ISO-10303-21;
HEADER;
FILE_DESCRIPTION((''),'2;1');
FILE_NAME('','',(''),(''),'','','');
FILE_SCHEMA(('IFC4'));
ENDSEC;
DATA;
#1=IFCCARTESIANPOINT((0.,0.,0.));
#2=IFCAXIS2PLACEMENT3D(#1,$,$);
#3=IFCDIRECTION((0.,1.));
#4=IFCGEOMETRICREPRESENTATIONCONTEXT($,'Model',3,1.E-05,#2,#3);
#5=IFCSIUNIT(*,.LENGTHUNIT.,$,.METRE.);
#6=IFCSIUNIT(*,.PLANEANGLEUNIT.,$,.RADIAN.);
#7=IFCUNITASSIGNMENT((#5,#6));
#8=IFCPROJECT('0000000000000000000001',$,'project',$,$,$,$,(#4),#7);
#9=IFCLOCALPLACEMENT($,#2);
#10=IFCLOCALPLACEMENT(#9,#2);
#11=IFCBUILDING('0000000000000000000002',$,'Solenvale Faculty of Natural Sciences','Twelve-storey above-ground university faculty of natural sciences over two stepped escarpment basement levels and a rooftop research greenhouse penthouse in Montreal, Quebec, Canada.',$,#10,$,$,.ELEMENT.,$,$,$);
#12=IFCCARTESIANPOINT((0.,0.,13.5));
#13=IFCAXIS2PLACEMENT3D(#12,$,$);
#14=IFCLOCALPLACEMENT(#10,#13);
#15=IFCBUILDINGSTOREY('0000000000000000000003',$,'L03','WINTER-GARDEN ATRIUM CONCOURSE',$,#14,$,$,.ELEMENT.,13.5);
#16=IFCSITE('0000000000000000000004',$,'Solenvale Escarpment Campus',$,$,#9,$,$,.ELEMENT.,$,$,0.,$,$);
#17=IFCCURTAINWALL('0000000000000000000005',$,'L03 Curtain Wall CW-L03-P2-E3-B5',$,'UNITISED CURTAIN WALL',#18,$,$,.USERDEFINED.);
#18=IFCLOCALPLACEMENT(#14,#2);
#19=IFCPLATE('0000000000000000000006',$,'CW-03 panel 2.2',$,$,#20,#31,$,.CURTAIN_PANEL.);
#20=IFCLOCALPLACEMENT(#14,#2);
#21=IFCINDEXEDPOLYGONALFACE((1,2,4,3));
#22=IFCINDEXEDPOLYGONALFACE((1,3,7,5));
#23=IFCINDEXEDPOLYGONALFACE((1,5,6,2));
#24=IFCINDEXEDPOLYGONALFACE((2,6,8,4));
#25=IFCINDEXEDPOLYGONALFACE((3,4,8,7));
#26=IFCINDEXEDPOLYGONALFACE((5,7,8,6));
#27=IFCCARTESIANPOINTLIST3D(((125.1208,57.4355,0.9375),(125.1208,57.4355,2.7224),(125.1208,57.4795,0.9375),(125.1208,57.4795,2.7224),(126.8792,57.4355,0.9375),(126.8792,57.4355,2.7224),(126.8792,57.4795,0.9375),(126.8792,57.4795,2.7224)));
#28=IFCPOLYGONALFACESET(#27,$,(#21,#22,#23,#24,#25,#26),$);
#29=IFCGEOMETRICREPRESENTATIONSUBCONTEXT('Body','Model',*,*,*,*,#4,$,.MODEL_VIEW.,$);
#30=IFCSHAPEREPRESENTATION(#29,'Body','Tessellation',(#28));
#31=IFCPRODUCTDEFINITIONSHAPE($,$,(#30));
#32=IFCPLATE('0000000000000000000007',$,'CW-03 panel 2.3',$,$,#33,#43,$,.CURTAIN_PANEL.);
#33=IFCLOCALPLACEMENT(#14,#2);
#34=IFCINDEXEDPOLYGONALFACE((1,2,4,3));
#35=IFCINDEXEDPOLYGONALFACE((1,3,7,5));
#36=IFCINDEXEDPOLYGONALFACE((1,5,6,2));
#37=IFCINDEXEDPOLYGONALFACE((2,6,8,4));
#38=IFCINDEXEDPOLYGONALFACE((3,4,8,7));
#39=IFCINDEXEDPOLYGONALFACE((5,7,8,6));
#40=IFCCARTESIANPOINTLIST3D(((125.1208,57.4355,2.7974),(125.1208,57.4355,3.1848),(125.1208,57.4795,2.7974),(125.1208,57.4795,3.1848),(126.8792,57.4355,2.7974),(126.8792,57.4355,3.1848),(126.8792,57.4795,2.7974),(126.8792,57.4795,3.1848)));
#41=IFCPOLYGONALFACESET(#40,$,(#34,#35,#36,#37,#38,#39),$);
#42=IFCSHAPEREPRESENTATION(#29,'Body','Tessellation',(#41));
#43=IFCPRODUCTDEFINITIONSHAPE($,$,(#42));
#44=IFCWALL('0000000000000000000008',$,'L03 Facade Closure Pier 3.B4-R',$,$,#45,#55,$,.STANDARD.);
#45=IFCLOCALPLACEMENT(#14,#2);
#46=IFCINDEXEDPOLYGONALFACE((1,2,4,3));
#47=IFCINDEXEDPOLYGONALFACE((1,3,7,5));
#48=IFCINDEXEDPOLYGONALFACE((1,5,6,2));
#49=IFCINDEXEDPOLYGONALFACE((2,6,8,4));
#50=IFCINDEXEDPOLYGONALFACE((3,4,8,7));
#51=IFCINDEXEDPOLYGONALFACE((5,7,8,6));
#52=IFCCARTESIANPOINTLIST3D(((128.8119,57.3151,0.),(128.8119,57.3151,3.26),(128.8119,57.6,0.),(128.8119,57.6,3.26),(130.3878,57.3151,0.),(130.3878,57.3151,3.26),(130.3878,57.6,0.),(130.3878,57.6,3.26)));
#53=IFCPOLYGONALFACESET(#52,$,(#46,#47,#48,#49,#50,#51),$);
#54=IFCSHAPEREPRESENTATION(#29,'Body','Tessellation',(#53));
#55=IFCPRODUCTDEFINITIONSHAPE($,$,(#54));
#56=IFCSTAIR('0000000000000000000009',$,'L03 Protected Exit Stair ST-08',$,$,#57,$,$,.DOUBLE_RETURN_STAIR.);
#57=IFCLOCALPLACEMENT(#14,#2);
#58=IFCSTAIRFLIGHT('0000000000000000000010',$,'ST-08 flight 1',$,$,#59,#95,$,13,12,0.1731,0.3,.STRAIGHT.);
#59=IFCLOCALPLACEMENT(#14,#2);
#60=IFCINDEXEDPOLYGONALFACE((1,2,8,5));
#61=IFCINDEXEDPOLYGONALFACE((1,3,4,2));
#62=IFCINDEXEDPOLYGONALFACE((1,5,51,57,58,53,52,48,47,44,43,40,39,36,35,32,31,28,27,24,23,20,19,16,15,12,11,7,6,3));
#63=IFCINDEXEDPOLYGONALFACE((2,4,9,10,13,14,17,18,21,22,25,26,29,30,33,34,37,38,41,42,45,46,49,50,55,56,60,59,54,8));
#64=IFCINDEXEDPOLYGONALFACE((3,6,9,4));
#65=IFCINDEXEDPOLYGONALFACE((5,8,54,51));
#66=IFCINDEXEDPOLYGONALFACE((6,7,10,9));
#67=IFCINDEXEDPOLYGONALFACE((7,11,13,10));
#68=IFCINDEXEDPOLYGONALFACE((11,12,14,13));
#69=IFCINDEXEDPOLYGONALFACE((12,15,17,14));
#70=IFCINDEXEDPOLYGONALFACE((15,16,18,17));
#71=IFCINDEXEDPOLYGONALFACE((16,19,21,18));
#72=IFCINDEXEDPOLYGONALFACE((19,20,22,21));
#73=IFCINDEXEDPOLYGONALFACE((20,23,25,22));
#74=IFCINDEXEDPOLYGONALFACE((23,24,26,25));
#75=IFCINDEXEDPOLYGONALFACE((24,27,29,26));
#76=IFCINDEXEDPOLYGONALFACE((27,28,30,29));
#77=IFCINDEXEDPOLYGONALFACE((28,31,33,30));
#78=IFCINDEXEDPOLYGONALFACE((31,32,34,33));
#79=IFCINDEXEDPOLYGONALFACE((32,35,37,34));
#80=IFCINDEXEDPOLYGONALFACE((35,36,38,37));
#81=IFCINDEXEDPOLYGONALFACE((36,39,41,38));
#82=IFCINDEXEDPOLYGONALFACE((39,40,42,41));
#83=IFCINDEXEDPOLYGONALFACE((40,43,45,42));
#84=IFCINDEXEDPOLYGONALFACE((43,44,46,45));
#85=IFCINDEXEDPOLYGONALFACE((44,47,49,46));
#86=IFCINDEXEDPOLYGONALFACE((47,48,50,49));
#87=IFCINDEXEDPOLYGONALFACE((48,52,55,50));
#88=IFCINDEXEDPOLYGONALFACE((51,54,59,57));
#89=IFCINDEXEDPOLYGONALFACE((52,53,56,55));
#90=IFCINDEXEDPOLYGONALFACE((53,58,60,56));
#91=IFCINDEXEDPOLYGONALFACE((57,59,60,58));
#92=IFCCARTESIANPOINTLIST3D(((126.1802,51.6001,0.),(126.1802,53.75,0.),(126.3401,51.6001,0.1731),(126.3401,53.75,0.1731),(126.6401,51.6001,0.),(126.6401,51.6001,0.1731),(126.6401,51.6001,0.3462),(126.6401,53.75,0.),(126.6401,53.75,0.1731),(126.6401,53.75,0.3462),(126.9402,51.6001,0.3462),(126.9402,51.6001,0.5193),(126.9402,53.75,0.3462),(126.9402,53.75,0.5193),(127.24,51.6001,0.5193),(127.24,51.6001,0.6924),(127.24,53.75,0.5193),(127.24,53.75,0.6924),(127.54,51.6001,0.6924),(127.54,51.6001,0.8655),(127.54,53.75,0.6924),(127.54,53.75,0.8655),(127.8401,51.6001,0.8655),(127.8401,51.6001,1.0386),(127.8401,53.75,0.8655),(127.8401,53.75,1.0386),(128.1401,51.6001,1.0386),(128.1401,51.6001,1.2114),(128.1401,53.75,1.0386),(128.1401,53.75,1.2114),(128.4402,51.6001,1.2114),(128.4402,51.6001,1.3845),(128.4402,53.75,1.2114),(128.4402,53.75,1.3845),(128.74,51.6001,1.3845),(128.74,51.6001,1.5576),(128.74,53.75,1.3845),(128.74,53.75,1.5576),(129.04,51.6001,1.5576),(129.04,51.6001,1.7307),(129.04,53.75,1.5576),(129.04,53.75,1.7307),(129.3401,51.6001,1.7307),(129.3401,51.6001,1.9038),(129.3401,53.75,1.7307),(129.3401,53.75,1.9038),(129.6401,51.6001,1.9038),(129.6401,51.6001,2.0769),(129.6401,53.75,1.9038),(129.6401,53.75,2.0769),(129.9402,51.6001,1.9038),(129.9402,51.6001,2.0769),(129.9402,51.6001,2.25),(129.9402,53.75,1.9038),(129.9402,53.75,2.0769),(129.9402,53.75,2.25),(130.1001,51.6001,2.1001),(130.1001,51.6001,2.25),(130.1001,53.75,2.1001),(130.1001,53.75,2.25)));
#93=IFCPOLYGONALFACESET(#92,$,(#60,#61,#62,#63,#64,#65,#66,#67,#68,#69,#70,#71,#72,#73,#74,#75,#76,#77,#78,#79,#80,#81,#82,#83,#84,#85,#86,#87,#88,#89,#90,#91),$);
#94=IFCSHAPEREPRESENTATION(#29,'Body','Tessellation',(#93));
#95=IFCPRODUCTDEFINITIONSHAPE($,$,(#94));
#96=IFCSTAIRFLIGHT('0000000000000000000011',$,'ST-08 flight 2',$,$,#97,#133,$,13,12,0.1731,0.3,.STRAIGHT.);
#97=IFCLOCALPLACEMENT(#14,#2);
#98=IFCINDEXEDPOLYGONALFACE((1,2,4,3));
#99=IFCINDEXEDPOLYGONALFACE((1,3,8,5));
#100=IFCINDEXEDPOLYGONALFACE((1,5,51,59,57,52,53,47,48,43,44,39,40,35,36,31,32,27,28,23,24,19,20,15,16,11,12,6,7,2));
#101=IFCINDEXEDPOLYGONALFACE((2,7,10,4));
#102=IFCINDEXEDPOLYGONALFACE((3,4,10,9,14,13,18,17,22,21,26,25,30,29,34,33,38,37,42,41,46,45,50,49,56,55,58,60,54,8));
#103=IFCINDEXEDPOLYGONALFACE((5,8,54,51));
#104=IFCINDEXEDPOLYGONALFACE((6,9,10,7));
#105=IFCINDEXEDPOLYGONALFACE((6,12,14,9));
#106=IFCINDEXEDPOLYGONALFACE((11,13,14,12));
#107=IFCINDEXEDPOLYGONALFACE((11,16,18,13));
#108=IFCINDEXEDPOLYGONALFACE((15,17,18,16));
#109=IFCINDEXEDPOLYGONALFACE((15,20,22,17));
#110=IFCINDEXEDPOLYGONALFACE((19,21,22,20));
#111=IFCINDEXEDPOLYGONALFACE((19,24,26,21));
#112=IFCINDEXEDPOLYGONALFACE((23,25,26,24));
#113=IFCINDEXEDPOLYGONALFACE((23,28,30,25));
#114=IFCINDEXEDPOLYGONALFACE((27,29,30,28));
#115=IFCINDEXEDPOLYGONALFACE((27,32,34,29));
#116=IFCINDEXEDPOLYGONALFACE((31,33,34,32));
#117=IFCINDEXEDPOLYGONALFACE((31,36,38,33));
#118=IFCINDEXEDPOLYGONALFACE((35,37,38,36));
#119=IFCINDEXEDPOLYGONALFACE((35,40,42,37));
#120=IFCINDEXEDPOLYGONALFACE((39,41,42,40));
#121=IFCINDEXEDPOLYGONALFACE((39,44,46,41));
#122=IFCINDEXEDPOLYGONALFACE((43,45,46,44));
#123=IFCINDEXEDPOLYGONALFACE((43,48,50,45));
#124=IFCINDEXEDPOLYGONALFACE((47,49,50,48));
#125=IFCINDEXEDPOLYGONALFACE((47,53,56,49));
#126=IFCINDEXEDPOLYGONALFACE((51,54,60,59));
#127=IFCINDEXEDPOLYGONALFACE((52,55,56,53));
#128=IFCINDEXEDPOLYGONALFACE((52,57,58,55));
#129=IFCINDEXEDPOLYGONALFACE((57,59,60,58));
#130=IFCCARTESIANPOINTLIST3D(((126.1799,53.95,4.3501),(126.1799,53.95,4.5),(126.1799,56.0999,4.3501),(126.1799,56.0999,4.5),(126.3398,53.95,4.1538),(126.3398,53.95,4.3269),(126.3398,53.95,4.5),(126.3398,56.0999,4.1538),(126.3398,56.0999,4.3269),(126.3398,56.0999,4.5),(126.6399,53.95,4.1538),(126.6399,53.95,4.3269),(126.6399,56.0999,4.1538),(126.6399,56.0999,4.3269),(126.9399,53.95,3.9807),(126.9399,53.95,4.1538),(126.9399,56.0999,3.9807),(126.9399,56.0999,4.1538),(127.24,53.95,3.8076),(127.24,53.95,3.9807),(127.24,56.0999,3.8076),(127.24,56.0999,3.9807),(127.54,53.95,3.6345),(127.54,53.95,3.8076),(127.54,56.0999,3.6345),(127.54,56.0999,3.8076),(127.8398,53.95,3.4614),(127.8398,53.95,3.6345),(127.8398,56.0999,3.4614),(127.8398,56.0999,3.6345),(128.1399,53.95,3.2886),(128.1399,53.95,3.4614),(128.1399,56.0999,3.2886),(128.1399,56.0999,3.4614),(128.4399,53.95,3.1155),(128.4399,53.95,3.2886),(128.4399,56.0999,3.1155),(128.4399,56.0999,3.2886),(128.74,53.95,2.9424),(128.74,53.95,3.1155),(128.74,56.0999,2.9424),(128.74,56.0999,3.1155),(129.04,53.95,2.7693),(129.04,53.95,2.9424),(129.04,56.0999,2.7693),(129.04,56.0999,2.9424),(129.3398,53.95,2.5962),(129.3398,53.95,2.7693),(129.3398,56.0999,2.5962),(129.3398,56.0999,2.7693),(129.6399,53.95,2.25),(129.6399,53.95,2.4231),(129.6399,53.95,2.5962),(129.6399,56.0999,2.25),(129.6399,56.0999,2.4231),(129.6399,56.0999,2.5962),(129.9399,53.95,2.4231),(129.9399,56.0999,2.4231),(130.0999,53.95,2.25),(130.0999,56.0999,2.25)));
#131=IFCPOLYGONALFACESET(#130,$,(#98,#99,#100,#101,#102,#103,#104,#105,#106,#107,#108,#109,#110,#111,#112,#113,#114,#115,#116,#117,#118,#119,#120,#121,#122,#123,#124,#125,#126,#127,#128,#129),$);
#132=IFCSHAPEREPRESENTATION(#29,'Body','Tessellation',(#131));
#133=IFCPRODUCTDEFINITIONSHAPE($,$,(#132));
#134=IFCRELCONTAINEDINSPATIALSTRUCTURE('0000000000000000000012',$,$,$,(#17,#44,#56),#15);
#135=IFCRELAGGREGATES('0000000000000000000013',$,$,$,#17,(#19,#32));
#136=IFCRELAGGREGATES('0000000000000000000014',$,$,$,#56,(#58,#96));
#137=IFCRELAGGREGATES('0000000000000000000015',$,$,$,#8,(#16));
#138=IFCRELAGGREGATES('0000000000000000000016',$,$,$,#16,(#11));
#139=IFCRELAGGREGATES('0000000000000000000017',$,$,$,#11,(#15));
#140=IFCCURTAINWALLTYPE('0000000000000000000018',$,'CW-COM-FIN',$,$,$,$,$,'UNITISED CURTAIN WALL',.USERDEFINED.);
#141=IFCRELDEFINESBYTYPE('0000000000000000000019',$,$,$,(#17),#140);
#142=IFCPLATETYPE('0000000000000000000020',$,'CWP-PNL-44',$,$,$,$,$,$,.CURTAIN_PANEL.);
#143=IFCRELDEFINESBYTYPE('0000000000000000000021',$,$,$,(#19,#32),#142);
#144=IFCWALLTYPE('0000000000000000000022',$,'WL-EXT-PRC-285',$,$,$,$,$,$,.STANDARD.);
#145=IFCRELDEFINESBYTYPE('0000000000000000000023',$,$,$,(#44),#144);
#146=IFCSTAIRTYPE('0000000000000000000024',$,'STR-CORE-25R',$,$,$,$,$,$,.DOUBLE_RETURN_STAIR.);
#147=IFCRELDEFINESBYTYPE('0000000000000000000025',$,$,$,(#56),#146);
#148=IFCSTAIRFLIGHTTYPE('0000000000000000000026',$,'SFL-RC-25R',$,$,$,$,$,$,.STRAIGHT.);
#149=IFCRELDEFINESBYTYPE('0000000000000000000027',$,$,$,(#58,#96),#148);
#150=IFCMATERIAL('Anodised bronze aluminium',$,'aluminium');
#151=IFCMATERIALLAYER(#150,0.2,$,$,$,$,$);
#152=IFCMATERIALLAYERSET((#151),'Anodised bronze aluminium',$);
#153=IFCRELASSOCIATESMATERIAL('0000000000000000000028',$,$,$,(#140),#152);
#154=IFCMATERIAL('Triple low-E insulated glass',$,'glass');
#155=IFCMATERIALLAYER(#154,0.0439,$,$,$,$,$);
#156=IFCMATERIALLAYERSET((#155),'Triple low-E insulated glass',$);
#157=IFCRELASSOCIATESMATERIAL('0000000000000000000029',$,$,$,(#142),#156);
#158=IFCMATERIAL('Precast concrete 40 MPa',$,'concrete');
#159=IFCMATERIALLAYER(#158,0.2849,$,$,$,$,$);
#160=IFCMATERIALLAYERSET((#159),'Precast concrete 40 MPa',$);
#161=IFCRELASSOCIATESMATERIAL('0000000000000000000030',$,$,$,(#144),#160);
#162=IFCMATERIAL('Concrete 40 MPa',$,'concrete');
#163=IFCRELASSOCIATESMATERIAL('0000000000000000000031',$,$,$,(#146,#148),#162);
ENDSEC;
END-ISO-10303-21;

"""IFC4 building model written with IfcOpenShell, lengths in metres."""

from ifc_helpers import new_model, si_unit, direction, frame, frame_2d, origin, origin_2d, place, context, subcontext, project, spatial, polyline, rectangle, outline, extrude, material, layer, layer_set, type_object, element, aggregate, save


model = new_model("IFC4")

# Units and contexts
model_context = context("Model", 3, precision=1e-05, world=origin(), true_north=direction((0.0, 1.0)))
body_context = subcontext(model_context, "Body", "Model", "MODEL_VIEW")
ifc_project = project(units=[si_unit("LENGTHUNIT", "METRE"), si_unit("PLANEANGLEUNIT", "RADIAN")], contexts=[model_context])

# Site, building, storey
site_placement = place(None, origin())
site = spatial("IfcSite", under=ifc_project, at=site_placement, Name="Solenvale Escarpment Campus", CompositionType="ELEMENT", RefElevation=0.0)
building_placement = place(site_placement, origin())
building = spatial("IfcBuilding", under=site, at=building_placement, Name="Solenvale Faculty of Natural Sciences", Description="Twelve-storey above-ground university faculty of natural sciences over two stepped escarpment basement levels and a rooftop research greenhouse penthouse in Montreal, Quebec, Canada.", CompositionType="ELEMENT")
storey_placement = place(building_placement, frame((0.0, 0.0, 13.5)))
storey = spatial("IfcBuildingStorey", under=building, at=storey_placement, Name="L03", Description="WINTER-GARDEN ATRIUM CONCOURSE", CompositionType="ELEMENT", Elevation=13.5)

# Curtain wall, plates
ifc_material_1 = material(Name="Anodised bronze aluminium", Category="aluminium")
ifc_layer_1 = layer(ifc_material_1, 0.2)
ifc_layer_set_1 = layer_set([ifc_layer_1], Name="Anodised bronze aluminium")
curtain_wall_type = type_object("IfcCurtainWallType", Name="CW-COM-FIN", ElementType="UNITISED CURTAIN WALL", PredefinedType="USERDEFINED", material=ifc_layer_set_1)
curtain_wall_placement = place(storey_placement, origin())
curtain_wall = element("IfcCurtainWall", 1, at=curtain_wall_placement, inside=storey, type_object=curtain_wall_type, Name="L03 Curtain Wall CW-L03-P2-E3-B5", ObjectType="UNITISED CURTAIN WALL", PredefinedType="USERDEFINED")
ifc_material_2 = material(Name="Triple low-E insulated glass", Category="glass")
ifc_layer_2 = layer(ifc_material_2, 0.0439)
ifc_layer_set_2 = layer_set([ifc_layer_2], Name="Triple low-E insulated glass")
plate_type = type_object("IfcPlateType", Name="CWP-PNL-44", PredefinedType="CURTAIN_PANEL", material=ifc_layer_set_2)
plate_1_placement = place(storey_placement, frame((126.0, 57.4575, 0.9375), z_axis=(0.0, 0.0, 1.0), x_axis=(-1.0, 0.0, 0.0)))
plate_1 = element("IfcPlate", 2, at=plate_1_placement, type_object=plate_type, Name="CW-03 panel 2.2", PredefinedType="CURTAIN_PANEL", context=body_context, shape_type="SweptSolid", body=[
    extrude(rectangle(XDim=1.7583, YDim=0.0439, at=origin_2d()), origin(), (0.0, 0.0, 1.0), 1.7849),
])
plate_2_placement = place(storey_placement, frame((126.0, 57.4575, 2.7974), z_axis=(0.0, 0.0, 1.0), x_axis=(-1.0, 0.0, 0.0)))
plate_2 = element("IfcPlate", 3, at=plate_2_placement, type_object=plate_type, Name="CW-03 panel 2.3", PredefinedType="CURTAIN_PANEL", context=body_context, shape_type="SweptSolid", body=[
    extrude(rectangle(XDim=1.7583, YDim=0.0439, at=origin_2d()), origin(), (0.0, 0.0, 1.0), 0.3875),
])
aggregate(curtain_wall, [plate_1, plate_2])

# Wall
ifc_material_3 = material(Name="Precast concrete 40 MPa", Category="concrete")
ifc_layer_3 = layer(ifc_material_3, 0.2849)
ifc_layer_set_3 = layer_set([ifc_layer_3], Name="Precast concrete 40 MPa")
wall_type = type_object("IfcWallType", Name="WL-EXT-PRC-285", PredefinedType="STANDARD", material=ifc_layer_set_3)
wall_placement = place(storey_placement, frame((130.3879, 57.4575, 0.0), z_axis=(0.0, 0.0, 1.0), x_axis=(-1.0, 0.0, 0.0)))
element("IfcWall", 4, at=wall_placement, inside=storey, type_object=wall_type, Name="L03 Facade Closure Pier 3.B4-R", PredefinedType="STANDARD", context=body_context, shape_type="SweptSolid", body=[
    extrude(rectangle(XDim=1.5759, YDim=0.2849, at=frame_2d((0.7881, 0.0))), origin(), (0.0, 0.0, 1.0), 3.26),
])

# Stair, stair flights
ifc_material_4 = material(Name="Concrete 40 MPa", Category="concrete")
stair_type = type_object("IfcStairType", Name="STR-CORE-25R", PredefinedType="DOUBLE_RETURN_STAIR", material=ifc_material_4)
stair_placement = place(storey_placement, origin())
stair = element("IfcStair", 5, at=stair_placement, inside=storey, type_object=stair_type, Name="L03 Protected Exit Stair ST-08", PredefinedType="DOUBLE_RETURN_STAIR")
stair_flight_type = type_object("IfcStairFlightType", Name="SFL-RC-25R", PredefinedType="STRAIGHT", material=ifc_material_4)
stair_flight_1_placement = place(storey_placement, frame((126.3401, 52.675, 0.0), z_axis=(0.0, 0.0, 1.0), x_axis=(1.0, 0.0, 0.0)))
stair_flight_1 = element("IfcStairFlight", 6, at=stair_flight_1_placement, type_object=stair_flight_type, Name="ST-08 flight 1", NumberOfRisers=13, NumberOfTreads=12, PredefinedType="STRAIGHT", RiserHeight=0.1731, TreadLength=0.3, context=body_context, shape_type="SweptSolid", body=[
    extrude(outline(polyline([(-0.1599, 0.0), (0.0, 0.1731), (0.3, 0.1731), (0.3, 0.3462), (0.6001, 0.3462), (0.6001, 0.5193), (0.8999, 0.5193), (0.8999, 0.6924), (1.2, 0.6924), (1.2, 0.8655), (1.5, 0.8655), (1.5, 1.0386), (1.8, 1.0386), (1.8, 1.2114), (2.1001, 1.2114), (2.1001, 1.3845), (2.3999, 1.3845), (2.3999, 1.5576), (2.7, 1.5576), (2.7, 1.7307), (3.0, 1.7307), (3.0, 1.9038), (3.3, 1.9038), (3.3, 2.0769), (3.6001, 2.0769), (3.6001, 2.25), (3.76, 2.25), (3.76, 2.1001), (3.6001, 1.9038), (0.3, 0.0), (-0.1599, 0.0)])), frame((0.0, 1.075, 0.0), z_axis=(0.0, -1.0, 0.0), x_axis=(1.0, 0.0, 0.0)), (0.0, 0.0, 1.0), 2.1499),
])
stair_flight_2_placement = place(storey_placement, frame((129.9399, 55.0249, 2.25), z_axis=(0.0, 0.0, 1.0), x_axis=(-1.0, 0.0, 0.0)))
stair_flight_2 = element("IfcStairFlight", 7, at=stair_flight_2_placement, type_object=stair_flight_type, Name="ST-08 flight 2", NumberOfRisers=13, NumberOfTreads=12, PredefinedType="STRAIGHT", RiserHeight=0.1731, TreadLength=0.3, context=body_context, shape_type="SweptSolid", body=[
    extrude(outline(polyline([(-0.1599, 0.0), (0.0, 0.1731), (0.3, 0.1731), (0.3, 0.3462), (0.6001, 0.3462), (0.6001, 0.5193), (0.8999, 0.5193), (0.8999, 0.6924), (1.2, 0.6924), (1.2, 0.8655), (1.5, 0.8655), (1.5, 1.0386), (1.8, 1.0386), (1.8, 1.2114), (2.1001, 1.2114), (2.1001, 1.3845), (2.3999, 1.3845), (2.3999, 1.5576), (2.7, 1.5576), (2.7, 1.7307), (3.0, 1.7307), (3.0, 1.9038), (3.3, 1.9038), (3.3, 2.0769), (3.6001, 2.0769), (3.6001, 2.25), (3.76, 2.25), (3.76, 2.1001), (3.6001, 1.9038), (0.3, 0.0), (-0.1599, 0.0)])), frame((0.0, 1.075, 0.0), z_axis=(0.0, -1.0, 0.0), x_axis=(1.0, 0.0, 0.0)), (0.0, 0.0, 1.0), 2.1499),
])
aggregate(stair, [stair_flight_1, stair_flight_2])

save(model, "model.ifc")
